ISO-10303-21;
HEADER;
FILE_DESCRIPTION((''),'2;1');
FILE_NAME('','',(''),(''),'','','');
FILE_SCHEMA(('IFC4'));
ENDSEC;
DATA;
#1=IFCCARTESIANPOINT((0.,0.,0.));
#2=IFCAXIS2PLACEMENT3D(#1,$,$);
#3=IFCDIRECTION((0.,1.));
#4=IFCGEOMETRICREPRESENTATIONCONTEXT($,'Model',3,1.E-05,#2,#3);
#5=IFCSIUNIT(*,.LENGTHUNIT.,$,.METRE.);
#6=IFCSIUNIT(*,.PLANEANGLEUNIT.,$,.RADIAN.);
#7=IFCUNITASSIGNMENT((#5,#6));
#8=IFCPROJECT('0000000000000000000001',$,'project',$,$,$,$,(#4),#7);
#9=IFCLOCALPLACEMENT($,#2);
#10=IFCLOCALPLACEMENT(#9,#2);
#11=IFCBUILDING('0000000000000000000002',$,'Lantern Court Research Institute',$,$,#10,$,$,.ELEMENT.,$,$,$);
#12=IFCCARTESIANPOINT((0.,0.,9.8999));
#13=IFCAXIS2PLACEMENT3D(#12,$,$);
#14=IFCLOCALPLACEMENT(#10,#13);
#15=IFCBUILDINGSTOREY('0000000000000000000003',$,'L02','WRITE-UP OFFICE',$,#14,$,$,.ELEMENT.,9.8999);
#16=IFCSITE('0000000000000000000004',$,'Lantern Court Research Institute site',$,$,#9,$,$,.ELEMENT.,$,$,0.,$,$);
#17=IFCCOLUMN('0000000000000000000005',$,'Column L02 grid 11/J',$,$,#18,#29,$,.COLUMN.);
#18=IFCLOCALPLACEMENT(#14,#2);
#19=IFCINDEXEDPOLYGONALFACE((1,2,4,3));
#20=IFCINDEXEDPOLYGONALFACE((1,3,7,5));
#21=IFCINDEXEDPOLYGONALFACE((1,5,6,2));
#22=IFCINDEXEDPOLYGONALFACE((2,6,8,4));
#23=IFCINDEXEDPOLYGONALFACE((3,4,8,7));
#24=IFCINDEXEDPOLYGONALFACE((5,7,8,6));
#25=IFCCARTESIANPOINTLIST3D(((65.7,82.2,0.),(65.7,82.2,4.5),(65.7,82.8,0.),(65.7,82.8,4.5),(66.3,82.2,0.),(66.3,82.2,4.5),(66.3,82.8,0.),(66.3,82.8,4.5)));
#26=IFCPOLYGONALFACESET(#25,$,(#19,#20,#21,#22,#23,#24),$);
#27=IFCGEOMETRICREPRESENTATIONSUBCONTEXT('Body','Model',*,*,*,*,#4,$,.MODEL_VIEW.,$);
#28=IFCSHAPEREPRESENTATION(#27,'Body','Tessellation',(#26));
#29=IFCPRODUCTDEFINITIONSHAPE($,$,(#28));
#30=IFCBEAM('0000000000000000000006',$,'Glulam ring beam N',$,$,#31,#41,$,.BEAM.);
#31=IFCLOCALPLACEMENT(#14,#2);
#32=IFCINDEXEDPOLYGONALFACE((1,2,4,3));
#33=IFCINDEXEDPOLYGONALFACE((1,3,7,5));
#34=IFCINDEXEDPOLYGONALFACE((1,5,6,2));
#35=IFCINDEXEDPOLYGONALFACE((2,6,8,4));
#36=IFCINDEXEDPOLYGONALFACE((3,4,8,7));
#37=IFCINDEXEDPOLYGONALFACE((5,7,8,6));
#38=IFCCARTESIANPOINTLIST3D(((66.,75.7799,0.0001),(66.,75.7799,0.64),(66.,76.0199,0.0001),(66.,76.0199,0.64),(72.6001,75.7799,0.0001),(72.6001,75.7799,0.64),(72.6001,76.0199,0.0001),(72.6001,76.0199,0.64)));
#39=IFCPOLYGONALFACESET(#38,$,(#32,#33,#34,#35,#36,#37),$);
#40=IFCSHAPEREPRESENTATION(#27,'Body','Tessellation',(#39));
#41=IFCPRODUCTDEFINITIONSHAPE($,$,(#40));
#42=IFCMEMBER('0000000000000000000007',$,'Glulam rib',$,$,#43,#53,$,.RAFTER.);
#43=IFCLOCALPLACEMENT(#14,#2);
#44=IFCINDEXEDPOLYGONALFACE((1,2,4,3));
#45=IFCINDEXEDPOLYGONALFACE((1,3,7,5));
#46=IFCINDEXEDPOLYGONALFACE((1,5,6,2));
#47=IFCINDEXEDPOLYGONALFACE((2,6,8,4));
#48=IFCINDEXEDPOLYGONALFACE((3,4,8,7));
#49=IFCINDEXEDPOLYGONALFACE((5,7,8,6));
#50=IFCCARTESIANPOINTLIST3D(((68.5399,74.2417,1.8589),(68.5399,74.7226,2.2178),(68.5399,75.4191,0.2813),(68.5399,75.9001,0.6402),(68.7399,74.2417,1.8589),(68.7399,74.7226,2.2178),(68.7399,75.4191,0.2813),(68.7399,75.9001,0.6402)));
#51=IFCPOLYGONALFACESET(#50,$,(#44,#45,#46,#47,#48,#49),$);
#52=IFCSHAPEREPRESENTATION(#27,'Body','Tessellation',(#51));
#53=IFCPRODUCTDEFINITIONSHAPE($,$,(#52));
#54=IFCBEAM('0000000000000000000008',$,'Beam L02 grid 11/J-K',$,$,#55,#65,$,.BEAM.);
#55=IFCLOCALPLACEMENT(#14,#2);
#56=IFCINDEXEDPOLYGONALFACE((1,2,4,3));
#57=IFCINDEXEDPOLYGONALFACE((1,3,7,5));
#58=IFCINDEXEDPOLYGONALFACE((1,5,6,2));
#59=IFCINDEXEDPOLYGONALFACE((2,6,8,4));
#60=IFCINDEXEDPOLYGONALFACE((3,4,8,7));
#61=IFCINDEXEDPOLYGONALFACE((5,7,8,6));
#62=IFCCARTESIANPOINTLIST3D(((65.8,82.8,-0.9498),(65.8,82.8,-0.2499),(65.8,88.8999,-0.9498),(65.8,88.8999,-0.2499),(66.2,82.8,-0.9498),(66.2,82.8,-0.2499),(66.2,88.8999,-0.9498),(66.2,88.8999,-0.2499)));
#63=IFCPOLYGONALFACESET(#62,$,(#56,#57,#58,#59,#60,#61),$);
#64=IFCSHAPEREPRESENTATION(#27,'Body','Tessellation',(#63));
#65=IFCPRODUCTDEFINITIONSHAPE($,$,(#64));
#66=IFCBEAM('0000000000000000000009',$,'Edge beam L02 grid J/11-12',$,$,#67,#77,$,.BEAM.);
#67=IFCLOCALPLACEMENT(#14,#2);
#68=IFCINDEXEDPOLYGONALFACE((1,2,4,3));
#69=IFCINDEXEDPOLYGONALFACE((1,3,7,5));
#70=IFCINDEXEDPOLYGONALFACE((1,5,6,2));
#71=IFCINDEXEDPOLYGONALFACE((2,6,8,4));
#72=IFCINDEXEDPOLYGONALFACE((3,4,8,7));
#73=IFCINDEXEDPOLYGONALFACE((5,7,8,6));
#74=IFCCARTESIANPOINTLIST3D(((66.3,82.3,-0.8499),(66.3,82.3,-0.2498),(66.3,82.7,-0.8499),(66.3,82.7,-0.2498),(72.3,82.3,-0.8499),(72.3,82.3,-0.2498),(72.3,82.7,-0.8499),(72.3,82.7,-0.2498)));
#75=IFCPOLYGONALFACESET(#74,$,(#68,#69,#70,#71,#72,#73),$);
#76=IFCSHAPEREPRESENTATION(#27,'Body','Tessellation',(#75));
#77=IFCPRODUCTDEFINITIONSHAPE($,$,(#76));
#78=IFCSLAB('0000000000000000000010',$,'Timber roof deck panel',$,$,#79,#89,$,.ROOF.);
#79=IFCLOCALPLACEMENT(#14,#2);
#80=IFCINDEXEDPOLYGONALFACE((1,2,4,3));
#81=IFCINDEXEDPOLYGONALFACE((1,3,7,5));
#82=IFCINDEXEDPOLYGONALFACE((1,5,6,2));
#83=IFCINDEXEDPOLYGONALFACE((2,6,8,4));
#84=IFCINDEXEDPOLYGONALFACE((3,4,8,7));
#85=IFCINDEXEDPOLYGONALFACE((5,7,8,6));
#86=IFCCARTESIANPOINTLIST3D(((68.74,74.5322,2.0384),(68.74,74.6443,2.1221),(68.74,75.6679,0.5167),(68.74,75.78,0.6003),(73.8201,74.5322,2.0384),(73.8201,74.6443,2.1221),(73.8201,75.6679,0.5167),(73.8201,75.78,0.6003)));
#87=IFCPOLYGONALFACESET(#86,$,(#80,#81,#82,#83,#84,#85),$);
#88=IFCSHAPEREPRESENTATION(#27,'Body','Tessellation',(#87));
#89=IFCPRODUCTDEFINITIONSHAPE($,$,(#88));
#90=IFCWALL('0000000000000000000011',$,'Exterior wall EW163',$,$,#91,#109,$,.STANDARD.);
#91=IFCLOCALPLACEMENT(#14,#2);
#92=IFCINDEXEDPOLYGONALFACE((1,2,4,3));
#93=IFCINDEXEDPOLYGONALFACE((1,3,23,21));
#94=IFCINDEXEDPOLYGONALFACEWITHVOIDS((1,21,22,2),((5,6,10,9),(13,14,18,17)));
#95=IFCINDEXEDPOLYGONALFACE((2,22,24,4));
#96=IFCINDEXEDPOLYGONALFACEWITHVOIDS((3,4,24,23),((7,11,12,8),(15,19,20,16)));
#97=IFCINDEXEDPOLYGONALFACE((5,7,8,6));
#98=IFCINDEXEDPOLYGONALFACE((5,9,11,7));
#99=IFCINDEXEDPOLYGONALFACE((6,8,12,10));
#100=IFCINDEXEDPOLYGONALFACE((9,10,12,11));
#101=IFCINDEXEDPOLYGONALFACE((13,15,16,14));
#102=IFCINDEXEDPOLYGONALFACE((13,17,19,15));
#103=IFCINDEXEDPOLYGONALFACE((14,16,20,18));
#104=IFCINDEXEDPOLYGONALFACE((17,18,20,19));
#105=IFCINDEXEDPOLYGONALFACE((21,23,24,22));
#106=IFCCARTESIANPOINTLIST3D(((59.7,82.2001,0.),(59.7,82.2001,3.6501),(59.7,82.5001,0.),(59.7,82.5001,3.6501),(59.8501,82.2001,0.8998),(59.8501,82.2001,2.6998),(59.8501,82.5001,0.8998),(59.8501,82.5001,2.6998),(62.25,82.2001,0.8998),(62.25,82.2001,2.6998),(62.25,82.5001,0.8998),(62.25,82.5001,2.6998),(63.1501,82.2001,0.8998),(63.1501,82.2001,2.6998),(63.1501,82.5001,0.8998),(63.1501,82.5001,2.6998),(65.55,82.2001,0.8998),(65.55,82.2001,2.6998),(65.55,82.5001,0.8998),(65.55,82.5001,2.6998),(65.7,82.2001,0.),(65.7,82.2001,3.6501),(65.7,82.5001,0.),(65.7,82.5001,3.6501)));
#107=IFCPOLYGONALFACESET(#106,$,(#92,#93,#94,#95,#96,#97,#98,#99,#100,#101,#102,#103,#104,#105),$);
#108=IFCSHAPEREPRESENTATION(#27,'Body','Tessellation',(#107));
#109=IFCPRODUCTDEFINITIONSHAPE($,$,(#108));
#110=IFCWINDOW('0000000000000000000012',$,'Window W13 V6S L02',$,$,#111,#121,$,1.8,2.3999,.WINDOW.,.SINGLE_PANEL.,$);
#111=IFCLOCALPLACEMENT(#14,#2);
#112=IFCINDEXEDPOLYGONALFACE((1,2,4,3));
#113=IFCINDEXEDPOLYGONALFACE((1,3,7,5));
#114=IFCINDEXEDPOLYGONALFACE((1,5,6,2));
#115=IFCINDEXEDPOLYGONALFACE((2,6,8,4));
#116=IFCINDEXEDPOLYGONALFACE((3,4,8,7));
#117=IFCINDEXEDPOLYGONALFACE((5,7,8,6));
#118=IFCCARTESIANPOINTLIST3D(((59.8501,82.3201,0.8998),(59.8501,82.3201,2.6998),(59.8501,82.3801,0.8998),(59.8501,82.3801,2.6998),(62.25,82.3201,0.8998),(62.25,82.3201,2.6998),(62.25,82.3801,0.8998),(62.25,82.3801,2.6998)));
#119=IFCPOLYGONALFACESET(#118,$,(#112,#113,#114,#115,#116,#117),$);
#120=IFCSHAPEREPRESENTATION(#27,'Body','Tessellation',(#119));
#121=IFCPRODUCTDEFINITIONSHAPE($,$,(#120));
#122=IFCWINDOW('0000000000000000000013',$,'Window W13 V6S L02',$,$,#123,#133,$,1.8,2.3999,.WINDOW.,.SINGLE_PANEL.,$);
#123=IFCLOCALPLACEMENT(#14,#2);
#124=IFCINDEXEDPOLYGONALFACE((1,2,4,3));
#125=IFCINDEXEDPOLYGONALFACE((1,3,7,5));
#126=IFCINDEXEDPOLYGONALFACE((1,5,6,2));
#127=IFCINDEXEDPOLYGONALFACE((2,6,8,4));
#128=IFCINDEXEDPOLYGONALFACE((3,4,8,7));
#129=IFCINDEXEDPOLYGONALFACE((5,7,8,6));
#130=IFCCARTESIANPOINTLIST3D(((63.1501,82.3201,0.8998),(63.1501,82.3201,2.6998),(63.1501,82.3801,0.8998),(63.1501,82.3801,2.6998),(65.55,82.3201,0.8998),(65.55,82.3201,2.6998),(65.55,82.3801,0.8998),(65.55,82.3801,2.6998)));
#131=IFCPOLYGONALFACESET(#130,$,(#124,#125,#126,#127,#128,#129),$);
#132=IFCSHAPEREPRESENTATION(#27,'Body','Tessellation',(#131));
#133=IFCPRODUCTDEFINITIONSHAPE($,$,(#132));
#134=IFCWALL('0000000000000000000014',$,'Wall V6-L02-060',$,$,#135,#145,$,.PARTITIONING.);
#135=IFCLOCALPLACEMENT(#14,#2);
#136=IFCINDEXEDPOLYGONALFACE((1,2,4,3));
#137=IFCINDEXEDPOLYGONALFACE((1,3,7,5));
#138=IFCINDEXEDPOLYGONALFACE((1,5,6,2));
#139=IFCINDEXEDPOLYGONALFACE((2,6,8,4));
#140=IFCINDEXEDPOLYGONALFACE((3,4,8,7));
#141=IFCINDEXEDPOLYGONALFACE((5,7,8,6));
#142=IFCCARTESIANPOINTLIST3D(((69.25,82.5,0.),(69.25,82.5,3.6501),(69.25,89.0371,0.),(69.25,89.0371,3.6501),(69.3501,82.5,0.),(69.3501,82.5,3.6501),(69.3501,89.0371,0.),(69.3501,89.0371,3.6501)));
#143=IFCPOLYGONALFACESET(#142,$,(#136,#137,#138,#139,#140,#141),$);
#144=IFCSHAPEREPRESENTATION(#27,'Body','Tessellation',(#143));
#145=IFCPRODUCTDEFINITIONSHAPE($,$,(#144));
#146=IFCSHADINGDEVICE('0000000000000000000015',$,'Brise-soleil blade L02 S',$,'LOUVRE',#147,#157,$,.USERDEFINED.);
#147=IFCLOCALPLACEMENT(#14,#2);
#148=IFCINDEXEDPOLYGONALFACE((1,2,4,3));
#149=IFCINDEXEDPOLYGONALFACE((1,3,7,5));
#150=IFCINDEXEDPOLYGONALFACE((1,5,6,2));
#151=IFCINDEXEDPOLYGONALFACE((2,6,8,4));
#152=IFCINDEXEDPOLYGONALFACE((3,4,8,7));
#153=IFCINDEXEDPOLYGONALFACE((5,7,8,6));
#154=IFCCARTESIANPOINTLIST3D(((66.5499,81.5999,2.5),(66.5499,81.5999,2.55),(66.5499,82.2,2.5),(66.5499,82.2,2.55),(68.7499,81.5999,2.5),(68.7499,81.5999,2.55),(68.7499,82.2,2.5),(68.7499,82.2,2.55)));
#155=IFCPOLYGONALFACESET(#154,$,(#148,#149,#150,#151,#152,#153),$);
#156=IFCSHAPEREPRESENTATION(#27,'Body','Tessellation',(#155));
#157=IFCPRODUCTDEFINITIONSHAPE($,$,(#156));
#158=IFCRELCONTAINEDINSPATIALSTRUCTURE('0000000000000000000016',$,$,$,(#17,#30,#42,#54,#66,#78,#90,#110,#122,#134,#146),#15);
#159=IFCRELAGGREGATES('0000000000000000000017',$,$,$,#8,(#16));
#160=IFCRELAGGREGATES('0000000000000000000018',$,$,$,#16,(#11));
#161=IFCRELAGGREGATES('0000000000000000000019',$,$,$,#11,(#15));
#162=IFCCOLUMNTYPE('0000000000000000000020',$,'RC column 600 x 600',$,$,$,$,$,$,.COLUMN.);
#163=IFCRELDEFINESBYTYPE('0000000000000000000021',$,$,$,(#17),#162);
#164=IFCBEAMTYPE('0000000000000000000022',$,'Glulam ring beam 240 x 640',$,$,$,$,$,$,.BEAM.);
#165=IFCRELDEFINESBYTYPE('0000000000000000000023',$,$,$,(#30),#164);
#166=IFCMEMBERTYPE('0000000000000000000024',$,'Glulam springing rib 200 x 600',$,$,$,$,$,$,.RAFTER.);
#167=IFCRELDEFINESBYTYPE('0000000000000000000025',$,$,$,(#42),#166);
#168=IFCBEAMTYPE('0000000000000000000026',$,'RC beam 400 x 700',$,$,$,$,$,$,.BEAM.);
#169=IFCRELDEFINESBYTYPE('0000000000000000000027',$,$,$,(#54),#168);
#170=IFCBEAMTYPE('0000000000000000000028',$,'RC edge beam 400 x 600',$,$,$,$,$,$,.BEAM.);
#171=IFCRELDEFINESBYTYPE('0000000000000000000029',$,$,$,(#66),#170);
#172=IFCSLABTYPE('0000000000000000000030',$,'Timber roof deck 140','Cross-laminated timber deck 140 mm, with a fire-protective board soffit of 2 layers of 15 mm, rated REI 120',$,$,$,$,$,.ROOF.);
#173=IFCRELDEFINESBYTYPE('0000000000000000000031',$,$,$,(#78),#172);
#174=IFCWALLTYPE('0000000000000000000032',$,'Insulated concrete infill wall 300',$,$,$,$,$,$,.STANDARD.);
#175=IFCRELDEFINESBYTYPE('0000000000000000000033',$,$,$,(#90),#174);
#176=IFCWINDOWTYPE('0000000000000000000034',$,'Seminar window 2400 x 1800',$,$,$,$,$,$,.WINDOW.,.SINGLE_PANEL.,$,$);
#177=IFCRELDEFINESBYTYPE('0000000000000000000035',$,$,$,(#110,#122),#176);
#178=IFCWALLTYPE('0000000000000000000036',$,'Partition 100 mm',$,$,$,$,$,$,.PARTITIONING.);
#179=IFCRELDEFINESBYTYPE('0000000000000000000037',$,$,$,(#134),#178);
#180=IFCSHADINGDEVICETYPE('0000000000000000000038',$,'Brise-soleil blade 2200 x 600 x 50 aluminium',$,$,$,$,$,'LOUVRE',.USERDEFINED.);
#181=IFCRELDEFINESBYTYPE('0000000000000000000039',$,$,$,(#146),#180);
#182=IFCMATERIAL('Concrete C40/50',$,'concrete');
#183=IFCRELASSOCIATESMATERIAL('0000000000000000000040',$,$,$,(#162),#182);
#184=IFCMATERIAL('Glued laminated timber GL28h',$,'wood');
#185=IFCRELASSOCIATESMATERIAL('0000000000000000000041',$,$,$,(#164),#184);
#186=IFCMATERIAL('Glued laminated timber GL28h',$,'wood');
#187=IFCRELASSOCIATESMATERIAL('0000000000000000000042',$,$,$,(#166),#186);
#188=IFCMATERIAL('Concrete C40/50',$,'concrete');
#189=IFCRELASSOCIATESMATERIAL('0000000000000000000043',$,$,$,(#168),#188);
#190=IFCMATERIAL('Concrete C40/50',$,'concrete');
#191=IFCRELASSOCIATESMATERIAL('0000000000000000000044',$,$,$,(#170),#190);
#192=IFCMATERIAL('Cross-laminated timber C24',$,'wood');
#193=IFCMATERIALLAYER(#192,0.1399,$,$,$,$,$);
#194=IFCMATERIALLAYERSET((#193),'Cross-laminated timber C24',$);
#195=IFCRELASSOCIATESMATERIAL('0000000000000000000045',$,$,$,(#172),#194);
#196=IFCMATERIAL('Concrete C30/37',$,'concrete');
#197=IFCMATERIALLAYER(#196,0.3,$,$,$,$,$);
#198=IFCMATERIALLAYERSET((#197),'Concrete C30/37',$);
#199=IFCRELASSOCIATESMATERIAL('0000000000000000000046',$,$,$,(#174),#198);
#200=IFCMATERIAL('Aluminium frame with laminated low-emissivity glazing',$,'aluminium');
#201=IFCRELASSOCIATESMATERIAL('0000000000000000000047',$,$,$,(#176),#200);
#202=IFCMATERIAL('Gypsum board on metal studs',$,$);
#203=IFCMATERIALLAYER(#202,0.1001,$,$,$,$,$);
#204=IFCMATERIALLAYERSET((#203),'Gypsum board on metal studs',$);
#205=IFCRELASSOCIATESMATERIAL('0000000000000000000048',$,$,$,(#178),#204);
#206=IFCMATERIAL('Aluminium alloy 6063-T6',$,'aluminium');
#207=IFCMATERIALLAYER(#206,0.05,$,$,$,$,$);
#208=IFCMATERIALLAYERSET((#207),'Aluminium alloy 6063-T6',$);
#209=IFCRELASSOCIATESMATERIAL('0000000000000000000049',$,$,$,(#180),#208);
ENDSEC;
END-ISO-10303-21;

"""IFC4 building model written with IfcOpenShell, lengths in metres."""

from ifc_helpers import new_model, si_unit, direction, frame, frame_2d, origin, origin_2d, place, context, subcontext, project, spatial, polyline, rectangle, outline, extrude, material, layer, layer_set, material_profile, profile_set, type_object, element, fill, save


model = new_model("IFC4")

# Units and contexts
model_context = context("Model", 3, precision=1e-05, world=origin(), true_north=direction((0.0, 1.0)))
body_context = subcontext(model_context, "Body", "Model", "MODEL_VIEW")
ifc_project = project(units=[si_unit("LENGTHUNIT", "METRE"), si_unit("PLANEANGLEUNIT", "RADIAN")], contexts=[model_context])

# Site, building, storey
site_placement = place(None, origin())
site = spatial("IfcSite", under=ifc_project, at=site_placement, Name="Lantern Court Research Institute site", CompositionType="ELEMENT", RefElevation=0.0)
building_placement = place(site_placement, origin())
building = spatial("IfcBuilding", under=site, at=building_placement, Name="Lantern Court Research Institute", CompositionType="ELEMENT")
storey_placement = place(building_placement, frame((0.0, 0.0, 9.8999)))
storey = spatial("IfcBuildingStorey", under=building, at=storey_placement, Name="L02", Description="WRITE-UP OFFICE", CompositionType="ELEMENT", Elevation=9.8999)

# Column
ifc_material_1 = material(Name="Concrete C40/50", Category="concrete")
ifc_material_profile_1 = material_profile(ifc_material_1, rectangle(XDim=0.6001, YDim=0.6001, at=origin_2d()), Name="RC column 600 x 600")
ifc_profile_set_1 = profile_set([ifc_material_profile_1], Name="Concrete C40/50")
column_type = type_object("IfcColumnType", Name="RC column 600 x 600", PredefinedType="COLUMN", material=ifc_profile_set_1)
column_placement = place(storey_placement, frame((66.0, 82.5, 0.0), z_axis=(0.0, 0.0, 1.0), x_axis=(1.0, 0.0, 0.0)))
element("IfcColumn", 1, at=column_placement, inside=storey, type_object=column_type, Name="Column L02 grid 11/J", PredefinedType="COLUMN", context=body_context, shape_type="SweptSolid", body=[
    extrude(rectangle(XDim=0.6001, YDim=0.6001, at=origin_2d()), origin(), (0.0, 0.0, 1.0), 4.5),
])

# Beam
ifc_material_2 = material(Name="Glued laminated timber GL28h", Category="wood")
ifc_material_profile_2 = material_profile(ifc_material_2, rectangle(XDim=0.24, YDim=0.6399, at=origin_2d()), Name="Glulam ring beam 240 x 640")
ifc_profile_set_2 = profile_set([ifc_material_profile_2], Name="Glued laminated timber GL28h")
beam_type_1 = type_object("IfcBeamType", Name="Glulam ring beam 240 x 640", PredefinedType="BEAM", material=ifc_profile_set_2)
beam_1_placement = place(storey_placement, frame((66.0, 75.8999, 0.3201), z_axis=(1.0, 0.0, 0.0), x_axis=(0.0, 1.0, 0.0)))
element("IfcBeam", 2, at=beam_1_placement, inside=storey, type_object=beam_type_1, Name="Glulam ring beam N", PredefinedType="BEAM", context=body_context, shape_type="SweptSolid", body=[
    extrude(rectangle(XDim=0.24, YDim=0.6399, at=origin_2d()), origin(), (0.0, 0.0, 1.0), 6.6001),
])

# Member
ifc_material_3 = material(Name="Glued laminated timber GL28h", Category="wood")
ifc_material_profile_3 = material_profile(ifc_material_3, rectangle(XDim=0.2, YDim=0.6001, at=origin_2d()), Name="Glulam springing rib 200 x 600")
ifc_profile_set_3 = profile_set([ifc_material_profile_3], Name="Glued laminated timber GL28h")
member_type = type_object("IfcMemberType", Name="Glulam springing rib 200 x 600", PredefinedType="RAFTER", material=ifc_profile_set_3)
member_placement = place(storey_placement, frame((68.6399, 74.4822, 2.0383), z_axis=(0.0, 0.598133, -0.801397), x_axis=(-1.0, 0.0, 0.0)))
element("IfcMember", 3, at=member_placement, inside=storey, type_object=member_type, Name="Glulam rib", PredefinedType="RAFTER", context=body_context, shape_type="SweptSolid", body=[
    extrude(rectangle(XDim=0.2, YDim=0.6001, at=origin_2d()), origin(), (0.0, 0.0, 1.0), 1.9685),
])

# Beams
ifc_material_4 = material(Name="Concrete C40/50", Category="concrete")
ifc_material_profile_4 = material_profile(ifc_material_4, rectangle(XDim=0.3999, YDim=0.7, at=origin_2d()), Name="RC beam 400 x 700")
ifc_profile_set_4 = profile_set([ifc_material_profile_4], Name="Concrete C40/50")
beam_type_2 = type_object("IfcBeamType", Name="RC beam 400 x 700", PredefinedType="BEAM", material=ifc_profile_set_4)
beam_2_placement = place(storey_placement, frame((66.0, 82.8, -0.5999), z_axis=(0.0, 1.0, 0.0), x_axis=(-1.0, 0.0, 0.0)))
element("IfcBeam", 4, at=beam_2_placement, inside=storey, type_object=beam_type_2, Name="Beam L02 grid 11/J-K", PredefinedType="BEAM", context=body_context, shape_type="SweptSolid", body=[
    extrude(rectangle(XDim=0.3999, YDim=0.7, at=origin_2d()), origin(), (0.0, 0.0, 1.0), 6.0999),
])
ifc_material_5 = material(Name="Concrete C40/50", Category="concrete")
ifc_material_profile_5 = material_profile(ifc_material_5, rectangle(XDim=0.3999, YDim=0.6001, at=origin_2d()), Name="RC beam 400 x 600")
ifc_profile_set_5 = profile_set([ifc_material_profile_5], Name="Concrete C40/50")
beam_type_3 = type_object("IfcBeamType", Name="RC edge beam 400 x 600", PredefinedType="BEAM", material=ifc_profile_set_5)
beam_3_placement = place(storey_placement, frame((66.3, 82.5, -0.5498), z_axis=(1.0, 0.0, 0.0), x_axis=(0.0, 1.0, 0.0)))
element("IfcBeam", 5, at=beam_3_placement, inside=storey, type_object=beam_type_3, Name="Edge beam L02 grid J/11-12", PredefinedType="BEAM", context=body_context, shape_type="SweptSolid", body=[
    extrude(rectangle(XDim=0.3999, YDim=0.6001, at=origin_2d()), origin(), (0.0, 0.0, 1.0), 6.0),
])

# Slab
ifc_material_6 = material(Name="Cross-laminated timber C24", Category="wood")
ifc_layer_1 = layer(ifc_material_6, 0.1399)
ifc_layer_set_1 = layer_set([ifc_layer_1], Name="Cross-laminated timber C24")
slab_type = type_object("IfcSlabType", Name="Timber roof deck 140", Description="Cross-laminated timber deck 140 mm, with a fire-protective board soffit of 2 layers of 15 mm, rated REI 120", PredefinedType="ROOF", material=ifc_layer_set_1)
slab_placement = place(storey_placement, frame((68.74, 74.6443, 2.1221), z_axis=(0.0, 0.801402, 0.598126), x_axis=(1.0, 0.0, 0.0)))
element("IfcSlab", 6, at=slab_placement, inside=storey, type_object=slab_type, Name="Timber roof deck panel", PredefinedType="ROOF", context=body_context, shape_type="SweptSolid", body=[
    extrude(outline(polyline([(0.0, 0.0), (5.0801, 0.0), (5.0801, 1.8988), (0.0, 1.8988), (0.0, 0.0)])), origin(), (0.0, 0.0, -1.0), 0.1399),
])

# Wall, openings, windows
ifc_material_7 = material(Name="Concrete C30/37", Category="concrete")
ifc_layer_2 = layer(ifc_material_7, 0.3)
ifc_layer_set_2 = layer_set([ifc_layer_2], Name="Concrete C30/37")
wall_type_1 = type_object("IfcWallType", Name="Insulated concrete infill wall 300", PredefinedType="STANDARD", material=ifc_layer_set_2)
wall_1_placement = place(storey_placement, frame((65.7, 82.3501, 0.0), z_axis=(0.0, 0.0, 1.0), x_axis=(-1.0, 0.0, 0.0)))
wall_1 = element("IfcWall", 7, at=wall_1_placement, inside=storey, type_object=wall_type_1, Name="Exterior wall EW163", PredefinedType="STANDARD", context=body_context, shape_type="SweptSolid", body=[
    extrude(rectangle(XDim=6.0, YDim=0.3, at=frame_2d((3.0, 0.0))), origin(), (0.0, 0.0, 1.0), 3.6501),
])
opening_1_placement = place(wall_1_placement, frame((3.45, 0.0, 0.8999)))
opening_1 = element("IfcOpeningElement", 8, at=opening_1_placement, cuts=wall_1, PredefinedType="OPENING", context=body_context, shape_type="SweptSolid", body=[
    extrude(rectangle(XDim=2.3999, YDim=1.8, at=frame_2d((1.2, 0.8999))), frame((0.0, 0.1599, 0.0), z_axis=(0.0, -1.0, 0.0), x_axis=(1.0, 0.0, 0.0)), (0.0, 0.0, 1.0), 0.3201),
])
opening_2_placement = place(wall_1_placement, frame((0.1499, 0.0, 0.8999)))
opening_2 = element("IfcOpeningElement", 9, at=opening_2_placement, cuts=wall_1, PredefinedType="OPENING", context=body_context, shape_type="SweptSolid", body=[
    extrude(rectangle(XDim=2.3999, YDim=1.8, at=frame_2d((1.2, 0.8999))), frame((0.0, 0.1599, 0.0), z_axis=(0.0, -1.0, 0.0), x_axis=(1.0, 0.0, 0.0)), (0.0, 0.0, 1.0), 0.3201),
])
ifc_material_8 = material(Name="Aluminium frame with laminated low-emissivity glazing", Category="aluminium")
window_type = type_object("IfcWindowType", Name="Seminar window 2400 x 1800", PartitioningType="SINGLE_PANEL", PredefinedType="WINDOW", material=ifc_material_8)
window_1_placement = place(opening_1_placement, origin())
window_1 = element("IfcWindow", 10, at=window_1_placement, inside=storey, type_object=window_type, Name="Window W13 V6S L02", OverallHeight=1.8, OverallWidth=2.3999, PartitioningType="SINGLE_PANEL", PredefinedType="WINDOW", context=body_context, shape_type="SweptSolid", body=[
    extrude(rectangle(XDim=2.3999, YDim=1.8, at=frame_2d((1.2, 0.8999))), frame((0.0, 0.03, 0.0), z_axis=(0.0, -1.0, 0.0), x_axis=(1.0, 0.0, 0.0)), (0.0, 0.0, 1.0), 0.0601),
])
fill(opening_1, window_1)
window_2_placement = place(opening_2_placement, origin())
window_2 = element("IfcWindow", 11, at=window_2_placement, inside=storey, type_object=window_type, Name="Window W13 V6S L02", OverallHeight=1.8, OverallWidth=2.3999, PartitioningType="SINGLE_PANEL", PredefinedType="WINDOW", context=body_context, shape_type="SweptSolid", body=[
    extrude(rectangle(XDim=2.3999, YDim=1.8, at=frame_2d((1.2, 0.8999))), frame((0.0, 0.03, 0.0), z_axis=(0.0, -1.0, 0.0), x_axis=(1.0, 0.0, 0.0)), (0.0, 0.0, 1.0), 0.0601),
])
fill(opening_2, window_2)

# Wall
ifc_material_9 = material(Name="Gypsum board on metal studs")
ifc_layer_3 = layer(ifc_material_9, 0.1001)
ifc_layer_set_3 = layer_set([ifc_layer_3], Name="Gypsum board on metal studs")
wall_type_2 = type_object("IfcWallType", Name="Partition 100 mm", PredefinedType="PARTITIONING", material=ifc_layer_set_3)
wall_2_placement = place(storey_placement, frame((69.3, 82.5, 0.0), z_axis=(0.0, 0.0, 1.0), x_axis=(0.0, 1.0, 0.0)))
element("IfcWall", 12, at=wall_2_placement, inside=storey, type_object=wall_type_2, Name="Wall V6-L02-060", PredefinedType="PARTITIONING", context=body_context, shape_type="SweptSolid", body=[
    extrude(rectangle(XDim=6.5371, YDim=0.1001, at=frame_2d((3.2686, 0.0))), origin(), (0.0, 0.0, 1.0), 3.6501),
])

# Shading device
ifc_material_10 = material(Name="Aluminium alloy 6063-T6", Category="aluminium")
ifc_layer_4 = layer(ifc_material_10, 0.05)
ifc_layer_set_4 = layer_set([ifc_layer_4], Name="Aluminium alloy 6063-T6")
shading_device_type_1 = type_object("IfcShadingDeviceType", Name="Brise-soleil blade 2200 x 600 x 50 aluminium", ElementType="LOUVRE", PredefinedType="USERDEFINED", material=ifc_layer_set_4)
for number, where, z_axis, x_axis, name in (
    (13, (67.6499, 81.8999, 2.5), (0.0, 0.0, 1.0), (-1.0, 0.0, 0.0), "Brise-soleil blade L02 S"),
):
    element("IfcShadingDevice", number, at=place(storey_placement, frame(where, z_axis=z_axis, x_axis=x_axis)), inside=storey, type_object=shading_device_type_1, Name=name, ObjectType="LOUVRE", PredefinedType="USERDEFINED", context=body_context, shape_type="SweptSolid", body=[
        extrude(rectangle(XDim=2.2, YDim=0.6001, at=origin_2d()), origin(), (0.0, 0.0, 1.0), 0.05),
    ])

save(model, "model.ifc")
